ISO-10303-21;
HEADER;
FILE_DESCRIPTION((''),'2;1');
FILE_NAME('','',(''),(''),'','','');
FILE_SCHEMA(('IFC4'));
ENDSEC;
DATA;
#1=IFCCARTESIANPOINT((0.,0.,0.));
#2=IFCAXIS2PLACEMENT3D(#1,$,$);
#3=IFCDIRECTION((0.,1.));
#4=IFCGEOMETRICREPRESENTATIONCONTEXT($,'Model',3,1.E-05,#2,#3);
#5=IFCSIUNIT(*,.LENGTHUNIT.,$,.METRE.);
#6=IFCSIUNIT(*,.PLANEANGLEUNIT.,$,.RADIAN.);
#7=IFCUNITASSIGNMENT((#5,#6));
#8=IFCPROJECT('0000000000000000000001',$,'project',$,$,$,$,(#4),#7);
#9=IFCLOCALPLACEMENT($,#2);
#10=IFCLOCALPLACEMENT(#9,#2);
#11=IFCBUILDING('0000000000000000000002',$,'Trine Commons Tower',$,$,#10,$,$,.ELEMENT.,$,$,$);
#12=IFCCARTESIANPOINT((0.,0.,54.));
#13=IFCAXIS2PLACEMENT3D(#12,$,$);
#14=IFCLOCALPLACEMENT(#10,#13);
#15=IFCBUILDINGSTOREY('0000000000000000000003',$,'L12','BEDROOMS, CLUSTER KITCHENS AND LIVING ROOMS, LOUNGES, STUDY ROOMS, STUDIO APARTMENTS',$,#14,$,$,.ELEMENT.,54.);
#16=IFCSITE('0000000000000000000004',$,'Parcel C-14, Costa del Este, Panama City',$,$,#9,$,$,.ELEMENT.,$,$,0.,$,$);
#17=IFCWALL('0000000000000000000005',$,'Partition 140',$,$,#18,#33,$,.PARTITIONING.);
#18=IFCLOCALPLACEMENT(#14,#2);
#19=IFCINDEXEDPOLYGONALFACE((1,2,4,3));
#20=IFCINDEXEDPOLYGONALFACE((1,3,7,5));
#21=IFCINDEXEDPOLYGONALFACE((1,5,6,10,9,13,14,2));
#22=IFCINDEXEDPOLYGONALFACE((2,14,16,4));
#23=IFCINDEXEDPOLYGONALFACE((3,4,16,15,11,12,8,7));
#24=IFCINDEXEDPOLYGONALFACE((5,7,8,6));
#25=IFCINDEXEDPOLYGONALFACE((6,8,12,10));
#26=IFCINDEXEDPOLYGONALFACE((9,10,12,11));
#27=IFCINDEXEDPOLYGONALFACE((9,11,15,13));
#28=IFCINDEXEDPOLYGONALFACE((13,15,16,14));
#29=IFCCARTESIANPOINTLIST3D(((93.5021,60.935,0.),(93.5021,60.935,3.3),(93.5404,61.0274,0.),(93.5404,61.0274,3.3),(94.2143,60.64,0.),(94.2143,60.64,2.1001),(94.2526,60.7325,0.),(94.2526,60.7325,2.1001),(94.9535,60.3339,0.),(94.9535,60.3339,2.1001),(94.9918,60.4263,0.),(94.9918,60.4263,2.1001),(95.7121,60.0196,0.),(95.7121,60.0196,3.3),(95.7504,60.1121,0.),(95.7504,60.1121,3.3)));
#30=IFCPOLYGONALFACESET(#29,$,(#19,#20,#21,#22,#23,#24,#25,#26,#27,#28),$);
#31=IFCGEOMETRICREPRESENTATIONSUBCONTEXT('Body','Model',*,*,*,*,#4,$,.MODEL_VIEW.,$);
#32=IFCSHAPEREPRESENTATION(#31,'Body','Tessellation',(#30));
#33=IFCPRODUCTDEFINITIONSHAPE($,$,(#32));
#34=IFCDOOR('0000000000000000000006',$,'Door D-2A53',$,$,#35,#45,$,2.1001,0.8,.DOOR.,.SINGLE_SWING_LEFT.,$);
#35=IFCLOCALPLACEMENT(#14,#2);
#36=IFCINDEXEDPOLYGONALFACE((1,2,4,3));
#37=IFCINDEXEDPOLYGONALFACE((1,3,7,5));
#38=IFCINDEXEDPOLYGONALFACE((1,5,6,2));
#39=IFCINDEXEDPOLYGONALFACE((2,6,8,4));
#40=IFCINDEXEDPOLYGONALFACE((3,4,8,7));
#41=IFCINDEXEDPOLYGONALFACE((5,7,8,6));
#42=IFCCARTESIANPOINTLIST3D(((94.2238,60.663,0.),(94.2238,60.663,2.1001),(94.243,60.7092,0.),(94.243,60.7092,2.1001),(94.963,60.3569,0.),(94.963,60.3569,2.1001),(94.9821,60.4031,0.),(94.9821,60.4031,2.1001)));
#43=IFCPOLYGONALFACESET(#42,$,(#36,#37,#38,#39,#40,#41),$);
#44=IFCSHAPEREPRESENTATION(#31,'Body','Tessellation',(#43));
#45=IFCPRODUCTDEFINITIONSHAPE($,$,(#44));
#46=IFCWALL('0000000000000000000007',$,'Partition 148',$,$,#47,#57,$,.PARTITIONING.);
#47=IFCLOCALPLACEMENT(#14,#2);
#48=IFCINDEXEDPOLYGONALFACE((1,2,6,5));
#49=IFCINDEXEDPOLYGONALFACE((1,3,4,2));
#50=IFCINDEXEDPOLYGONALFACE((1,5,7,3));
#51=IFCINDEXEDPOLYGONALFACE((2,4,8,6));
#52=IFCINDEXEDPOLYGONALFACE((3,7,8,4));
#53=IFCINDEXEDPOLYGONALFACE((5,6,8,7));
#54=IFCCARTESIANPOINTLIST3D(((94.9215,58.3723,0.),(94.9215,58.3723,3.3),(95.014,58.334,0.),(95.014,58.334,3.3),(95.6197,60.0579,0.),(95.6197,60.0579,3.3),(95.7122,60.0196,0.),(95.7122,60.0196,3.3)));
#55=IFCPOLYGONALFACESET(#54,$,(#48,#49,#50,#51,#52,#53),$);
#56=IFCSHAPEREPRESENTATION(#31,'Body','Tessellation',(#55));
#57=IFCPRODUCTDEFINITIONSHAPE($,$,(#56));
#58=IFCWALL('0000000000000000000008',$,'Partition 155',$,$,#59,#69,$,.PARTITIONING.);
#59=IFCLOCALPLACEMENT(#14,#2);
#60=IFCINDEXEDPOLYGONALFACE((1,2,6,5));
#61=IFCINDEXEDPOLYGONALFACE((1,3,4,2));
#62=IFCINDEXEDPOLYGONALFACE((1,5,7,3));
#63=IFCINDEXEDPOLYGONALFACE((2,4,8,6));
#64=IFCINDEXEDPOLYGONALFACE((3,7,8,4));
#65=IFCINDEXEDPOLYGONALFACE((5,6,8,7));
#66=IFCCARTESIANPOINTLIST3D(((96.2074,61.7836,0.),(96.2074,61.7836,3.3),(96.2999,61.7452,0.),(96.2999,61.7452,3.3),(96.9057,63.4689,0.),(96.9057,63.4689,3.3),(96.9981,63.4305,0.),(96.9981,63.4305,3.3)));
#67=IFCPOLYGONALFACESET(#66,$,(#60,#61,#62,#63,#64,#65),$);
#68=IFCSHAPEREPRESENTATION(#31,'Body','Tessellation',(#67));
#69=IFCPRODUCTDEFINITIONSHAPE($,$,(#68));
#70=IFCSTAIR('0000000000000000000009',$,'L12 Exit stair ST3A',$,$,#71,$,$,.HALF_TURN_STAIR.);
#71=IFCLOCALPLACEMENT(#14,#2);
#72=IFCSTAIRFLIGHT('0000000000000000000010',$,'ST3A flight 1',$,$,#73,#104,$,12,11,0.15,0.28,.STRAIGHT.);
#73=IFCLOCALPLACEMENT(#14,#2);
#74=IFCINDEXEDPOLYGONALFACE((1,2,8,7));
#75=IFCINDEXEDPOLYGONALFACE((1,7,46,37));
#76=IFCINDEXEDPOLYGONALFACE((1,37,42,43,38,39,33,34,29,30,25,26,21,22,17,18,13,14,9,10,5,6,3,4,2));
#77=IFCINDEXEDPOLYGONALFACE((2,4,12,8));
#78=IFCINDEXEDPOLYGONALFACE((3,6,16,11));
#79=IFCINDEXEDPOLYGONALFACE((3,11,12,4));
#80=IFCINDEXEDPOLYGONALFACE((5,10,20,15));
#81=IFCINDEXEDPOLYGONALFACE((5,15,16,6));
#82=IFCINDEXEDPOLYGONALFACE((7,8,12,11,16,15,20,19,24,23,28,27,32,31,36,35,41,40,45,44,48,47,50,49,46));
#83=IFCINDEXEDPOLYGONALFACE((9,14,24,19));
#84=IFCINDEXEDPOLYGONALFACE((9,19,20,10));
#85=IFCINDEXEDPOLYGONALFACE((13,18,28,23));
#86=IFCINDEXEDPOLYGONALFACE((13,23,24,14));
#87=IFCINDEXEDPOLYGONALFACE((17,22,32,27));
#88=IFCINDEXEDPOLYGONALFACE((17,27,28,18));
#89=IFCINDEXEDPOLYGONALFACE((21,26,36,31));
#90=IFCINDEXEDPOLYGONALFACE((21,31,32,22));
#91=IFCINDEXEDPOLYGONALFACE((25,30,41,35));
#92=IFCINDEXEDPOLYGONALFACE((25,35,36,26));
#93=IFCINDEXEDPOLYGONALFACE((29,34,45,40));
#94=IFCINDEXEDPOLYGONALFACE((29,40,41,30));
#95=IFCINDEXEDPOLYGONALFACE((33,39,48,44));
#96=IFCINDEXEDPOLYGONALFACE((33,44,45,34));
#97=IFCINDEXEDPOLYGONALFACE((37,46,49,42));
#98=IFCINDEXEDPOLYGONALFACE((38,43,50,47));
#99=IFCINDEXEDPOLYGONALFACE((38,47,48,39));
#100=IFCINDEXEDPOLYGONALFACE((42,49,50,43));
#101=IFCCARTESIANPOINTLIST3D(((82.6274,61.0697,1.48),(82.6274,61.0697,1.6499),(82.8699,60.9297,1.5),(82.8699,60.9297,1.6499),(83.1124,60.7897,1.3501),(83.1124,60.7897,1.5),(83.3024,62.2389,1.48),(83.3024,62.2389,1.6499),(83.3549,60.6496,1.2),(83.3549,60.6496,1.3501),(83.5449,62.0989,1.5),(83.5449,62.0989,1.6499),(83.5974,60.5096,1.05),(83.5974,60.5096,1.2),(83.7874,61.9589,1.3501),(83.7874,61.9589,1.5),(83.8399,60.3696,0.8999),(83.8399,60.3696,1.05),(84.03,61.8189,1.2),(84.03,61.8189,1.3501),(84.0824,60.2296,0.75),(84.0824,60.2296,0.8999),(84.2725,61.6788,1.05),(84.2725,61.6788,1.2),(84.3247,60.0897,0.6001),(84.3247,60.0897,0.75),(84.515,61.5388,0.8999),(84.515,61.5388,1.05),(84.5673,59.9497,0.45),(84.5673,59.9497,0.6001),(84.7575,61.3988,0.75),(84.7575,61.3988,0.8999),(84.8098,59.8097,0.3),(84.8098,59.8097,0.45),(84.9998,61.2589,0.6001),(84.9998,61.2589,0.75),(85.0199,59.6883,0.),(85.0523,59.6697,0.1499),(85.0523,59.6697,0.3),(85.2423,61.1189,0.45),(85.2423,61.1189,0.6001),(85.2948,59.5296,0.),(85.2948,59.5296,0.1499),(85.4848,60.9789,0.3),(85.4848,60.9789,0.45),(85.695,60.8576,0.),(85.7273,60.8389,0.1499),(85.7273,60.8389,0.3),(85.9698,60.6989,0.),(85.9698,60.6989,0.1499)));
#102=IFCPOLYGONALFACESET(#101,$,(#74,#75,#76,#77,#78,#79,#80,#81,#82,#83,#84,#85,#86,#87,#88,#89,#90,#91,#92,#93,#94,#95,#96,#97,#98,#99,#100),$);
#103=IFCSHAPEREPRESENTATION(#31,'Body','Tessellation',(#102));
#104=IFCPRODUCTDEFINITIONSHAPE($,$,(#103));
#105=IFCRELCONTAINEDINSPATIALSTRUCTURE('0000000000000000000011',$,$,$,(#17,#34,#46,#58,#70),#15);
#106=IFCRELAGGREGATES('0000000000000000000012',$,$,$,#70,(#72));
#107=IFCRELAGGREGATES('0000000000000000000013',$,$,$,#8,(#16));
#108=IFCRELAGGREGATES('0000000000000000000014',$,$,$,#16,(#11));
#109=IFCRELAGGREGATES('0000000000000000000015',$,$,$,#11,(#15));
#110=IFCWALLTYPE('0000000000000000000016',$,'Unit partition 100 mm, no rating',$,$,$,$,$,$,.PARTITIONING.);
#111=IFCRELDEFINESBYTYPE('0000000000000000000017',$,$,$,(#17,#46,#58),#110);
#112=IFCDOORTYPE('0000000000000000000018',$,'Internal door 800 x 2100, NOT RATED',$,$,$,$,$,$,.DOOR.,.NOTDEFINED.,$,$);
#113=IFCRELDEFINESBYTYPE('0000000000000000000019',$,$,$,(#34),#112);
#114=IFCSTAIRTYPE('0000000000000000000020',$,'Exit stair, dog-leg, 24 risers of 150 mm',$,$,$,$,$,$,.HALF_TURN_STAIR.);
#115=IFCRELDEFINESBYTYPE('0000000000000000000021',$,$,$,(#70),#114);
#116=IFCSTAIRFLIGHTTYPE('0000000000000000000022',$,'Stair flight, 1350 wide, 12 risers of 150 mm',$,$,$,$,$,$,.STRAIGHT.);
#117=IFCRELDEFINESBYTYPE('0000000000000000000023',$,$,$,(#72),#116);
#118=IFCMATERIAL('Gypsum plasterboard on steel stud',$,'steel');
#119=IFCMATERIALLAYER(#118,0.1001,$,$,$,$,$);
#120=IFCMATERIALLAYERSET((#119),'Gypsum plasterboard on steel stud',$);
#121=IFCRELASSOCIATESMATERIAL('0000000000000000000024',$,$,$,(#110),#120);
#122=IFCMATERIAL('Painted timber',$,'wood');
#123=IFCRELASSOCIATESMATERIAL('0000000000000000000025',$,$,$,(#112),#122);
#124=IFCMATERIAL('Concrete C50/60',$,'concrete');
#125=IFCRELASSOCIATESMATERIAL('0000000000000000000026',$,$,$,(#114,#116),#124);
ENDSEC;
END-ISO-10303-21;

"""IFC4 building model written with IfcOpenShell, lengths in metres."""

from ifc_helpers import new_model, si_unit, direction, frame, frame_2d, origin, place, context, subcontext, project, spatial, polyline, rectangle, outline, extrude, material, layer, layer_set, type_object, element, fill, aggregate, save


model = new_model("IFC4")

# Units and contexts
model_context = context("Model", 3, precision=1e-05, world=origin(), true_north=direction((0.0, 1.0)))
body_context = subcontext(model_context, "Body", "Model", "MODEL_VIEW")
ifc_project = project(units=[si_unit("LENGTHUNIT", "METRE"), si_unit("PLANEANGLEUNIT", "RADIAN")], contexts=[model_context])

# Site, building, storey
site_placement = place(None, origin())
site = spatial("IfcSite", under=ifc_project, at=site_placement, Name="Parcel C-14, Costa del Este, Panama City", CompositionType="ELEMENT", RefElevation=0.0)
building_placement = place(site_placement, origin())
building = spatial("IfcBuilding", under=site, at=building_placement, Name="Trine Commons Tower", CompositionType="ELEMENT")
storey_placement = place(building_placement, frame((0.0, 0.0, 54.0)))
storey = spatial("IfcBuildingStorey", under=building, at=storey_placement, Name="L12", Description="BEDROOMS, CLUSTER KITCHENS AND LIVING ROOMS, LOUNGES, STUDY ROOMS, STUDIO APARTMENTS", CompositionType="ELEMENT", Elevation=54.0)

# Shared definitions
ifc_material_1 = material(Name="Concrete C50/60", Category="concrete")

# Shared definitions
ifc_material_2 = material(Name="Gypsum plasterboard on steel stud", Category="steel")

# Shared definitions
ifc_material_3 = material(Name="Painted timber", Category="wood")

# Wall, opening, door
ifc_layer_1 = layer(ifc_material_2, 0.1001)
ifc_layer_set_1 = layer_set([ifc_layer_1], Name="Gypsum plasterboard on steel stud")
wall_type_1 = type_object("IfcWallType", Name="Unit partition 100 mm, no rating", PredefinedType="PARTITIONING", material=ifc_layer_set_1)
door_type_1 = type_object("IfcDoorType", Name="Internal door 800 x 2100, NOT RATED", OperationType="NOTDEFINED", PredefinedType="DOOR", material=ifc_material_3)
wall_1_placement = place(storey_placement, frame((93.5212, 60.9812, 0.0), z_axis=(0.0, 0.0, 1.0), x_axis=(0.923896, -0.382643, 0.0)))
wall_1 = element("IfcWall", 1, at=wall_1_placement, inside=storey, type_object=wall_type_1, Name="Partition 140", PredefinedType="PARTITIONING", context=body_context, shape_type="SweptSolid", body=[
    extrude(rectangle(XDim=2.3921, YDim=0.1001, at=frame_2d((1.196, 0.0))), origin(), (0.0, 0.0, 1.0), 3.3),
])
opening_1_placement = place(wall_1_placement, frame((0.771, 0.0, 0.0)))
opening_1 = element("IfcOpeningElement", 2, at=opening_1_placement, cuts=wall_1, PredefinedType="OPENING", context=body_context, shape_type="SweptSolid", body=[
    extrude(rectangle(XDim=0.8, YDim=2.1001, at=frame_2d((0.3999, 1.05))), frame((0.0, 0.0601, 0.0), z_axis=(0.0, -1.0, 0.0), x_axis=(1.0, 0.0, 0.0)), (0.0, 0.0, 1.0), 0.1201),
])
door_1_placement = place(opening_1_placement, origin())
door_1 = element("IfcDoor", 3, at=door_1_placement, inside=storey, type_object=door_type_1, Name="Door D-2A53", OperationType="SINGLE_SWING_LEFT", OverallHeight=2.1001, OverallWidth=0.8, PredefinedType="DOOR", context=body_context, shape_type="SweptSolid", body=[
    extrude(rectangle(XDim=0.8, YDim=2.1001, at=frame_2d((0.3999, 1.05))), frame((0.0, 0.0249, 0.0), z_axis=(0.0, -1.0, 0.0), x_axis=(1.0, 0.0, 0.0)), (0.0, 0.0, 1.0), 0.05),
])
fill(opening_1, door_1)

# Walls
wall_2_placement = place(storey_placement, frame((94.9678, 58.3533, 0.0), z_axis=(0.0, 0.0, 1.0), x_axis=(0.382714, 0.923867, 0.0)))
element("IfcWall", 4, at=wall_2_placement, inside=storey, type_object=wall_type_1, Name="Partition 148", PredefinedType="PARTITIONING", context=body_context, shape_type="SweptSolid", body=[
    extrude(rectangle(XDim=1.8245, YDim=0.1001, at=frame_2d((0.9121, 0.0))), origin(), (0.0, 0.0, 1.0), 3.3),
])
wall_3_placement = place(storey_placement, frame((96.2537, 61.7644, 0.0), z_axis=(0.0, 0.0, 1.0), x_axis=(0.382762, 0.923847, 0.0)))
element("IfcWall", 5, at=wall_3_placement, inside=storey, type_object=wall_type_1, Name="Partition 155", PredefinedType="PARTITIONING", context=body_context, shape_type="SweptSolid", body=[
    extrude(rectangle(XDim=1.8242, YDim=0.1001, at=frame_2d((0.9121, 0.0))), origin(), (0.0, 0.0, 1.0), 3.3),
])

# Stair, stair flight
stair_type = type_object("IfcStairType", Name="Exit stair, dog-leg, 24 risers of 150 mm", PredefinedType="HALF_TURN_STAIR", material=ifc_material_1)
stair_placement = place(storey_placement, origin())
stair = element("IfcStair", 6, at=stair_placement, inside=storey, type_object=stair_type, Name="L12 Exit stair ST3A", PredefinedType="HALF_TURN_STAIR")
stair_flight_type = type_object("IfcStairFlightType", Name="Stair flight, 1350 wide, 12 risers of 150 mm", PredefinedType="STRAIGHT", material=ifc_material_1)
stair_flight_placement = place(storey_placement, frame((85.6323, 60.1143, 0.0), z_axis=(0.0, 0.0, 1.0), x_axis=(-0.866025, 0.5, 0.0)))
stair_flight = element("IfcStairFlight", 7, at=stair_flight_placement, type_object=stair_flight_type, Name="ST3A flight 1", NumberOfRisers=12, NumberOfTreads=11, PredefinedType="STRAIGHT", RiserHeight=0.15, TreadLength=0.28, context=body_context, shape_type="SweptSolid", body=[
    extrude(outline(polyline([(0.0, 0.0), (0.0, 0.1499), (0.28, 0.1499), (0.28, 0.3), (0.5601, 0.3), (0.5601, 0.45), (0.8401, 0.45), (0.8401, 0.6001), (1.1201, 0.6001), (1.1201, 0.75), (1.3999, 0.75), (1.3999, 0.8999), (1.6799, 0.8999), (1.6799, 1.05), (1.96, 1.05), (1.96, 1.2), (2.24, 1.2), (2.24, 1.3501), (2.52, 1.3501), (2.52, 1.5), (2.8, 1.5), (2.8, 1.6499), (3.0801, 1.6499), (3.0801, 1.8), (3.0801, 1.48), (0.3174, 0.0), (0.0, 0.0)])), frame((0.0, 0.675, 0.0), z_axis=(0.0, -1.0, 0.0), x_axis=(1.0, 0.0, 0.0)), (0.0, 0.0, 1.0), 1.3501),
])
aggregate(stair, [stair_flight])

save(model, "model.ifc")
